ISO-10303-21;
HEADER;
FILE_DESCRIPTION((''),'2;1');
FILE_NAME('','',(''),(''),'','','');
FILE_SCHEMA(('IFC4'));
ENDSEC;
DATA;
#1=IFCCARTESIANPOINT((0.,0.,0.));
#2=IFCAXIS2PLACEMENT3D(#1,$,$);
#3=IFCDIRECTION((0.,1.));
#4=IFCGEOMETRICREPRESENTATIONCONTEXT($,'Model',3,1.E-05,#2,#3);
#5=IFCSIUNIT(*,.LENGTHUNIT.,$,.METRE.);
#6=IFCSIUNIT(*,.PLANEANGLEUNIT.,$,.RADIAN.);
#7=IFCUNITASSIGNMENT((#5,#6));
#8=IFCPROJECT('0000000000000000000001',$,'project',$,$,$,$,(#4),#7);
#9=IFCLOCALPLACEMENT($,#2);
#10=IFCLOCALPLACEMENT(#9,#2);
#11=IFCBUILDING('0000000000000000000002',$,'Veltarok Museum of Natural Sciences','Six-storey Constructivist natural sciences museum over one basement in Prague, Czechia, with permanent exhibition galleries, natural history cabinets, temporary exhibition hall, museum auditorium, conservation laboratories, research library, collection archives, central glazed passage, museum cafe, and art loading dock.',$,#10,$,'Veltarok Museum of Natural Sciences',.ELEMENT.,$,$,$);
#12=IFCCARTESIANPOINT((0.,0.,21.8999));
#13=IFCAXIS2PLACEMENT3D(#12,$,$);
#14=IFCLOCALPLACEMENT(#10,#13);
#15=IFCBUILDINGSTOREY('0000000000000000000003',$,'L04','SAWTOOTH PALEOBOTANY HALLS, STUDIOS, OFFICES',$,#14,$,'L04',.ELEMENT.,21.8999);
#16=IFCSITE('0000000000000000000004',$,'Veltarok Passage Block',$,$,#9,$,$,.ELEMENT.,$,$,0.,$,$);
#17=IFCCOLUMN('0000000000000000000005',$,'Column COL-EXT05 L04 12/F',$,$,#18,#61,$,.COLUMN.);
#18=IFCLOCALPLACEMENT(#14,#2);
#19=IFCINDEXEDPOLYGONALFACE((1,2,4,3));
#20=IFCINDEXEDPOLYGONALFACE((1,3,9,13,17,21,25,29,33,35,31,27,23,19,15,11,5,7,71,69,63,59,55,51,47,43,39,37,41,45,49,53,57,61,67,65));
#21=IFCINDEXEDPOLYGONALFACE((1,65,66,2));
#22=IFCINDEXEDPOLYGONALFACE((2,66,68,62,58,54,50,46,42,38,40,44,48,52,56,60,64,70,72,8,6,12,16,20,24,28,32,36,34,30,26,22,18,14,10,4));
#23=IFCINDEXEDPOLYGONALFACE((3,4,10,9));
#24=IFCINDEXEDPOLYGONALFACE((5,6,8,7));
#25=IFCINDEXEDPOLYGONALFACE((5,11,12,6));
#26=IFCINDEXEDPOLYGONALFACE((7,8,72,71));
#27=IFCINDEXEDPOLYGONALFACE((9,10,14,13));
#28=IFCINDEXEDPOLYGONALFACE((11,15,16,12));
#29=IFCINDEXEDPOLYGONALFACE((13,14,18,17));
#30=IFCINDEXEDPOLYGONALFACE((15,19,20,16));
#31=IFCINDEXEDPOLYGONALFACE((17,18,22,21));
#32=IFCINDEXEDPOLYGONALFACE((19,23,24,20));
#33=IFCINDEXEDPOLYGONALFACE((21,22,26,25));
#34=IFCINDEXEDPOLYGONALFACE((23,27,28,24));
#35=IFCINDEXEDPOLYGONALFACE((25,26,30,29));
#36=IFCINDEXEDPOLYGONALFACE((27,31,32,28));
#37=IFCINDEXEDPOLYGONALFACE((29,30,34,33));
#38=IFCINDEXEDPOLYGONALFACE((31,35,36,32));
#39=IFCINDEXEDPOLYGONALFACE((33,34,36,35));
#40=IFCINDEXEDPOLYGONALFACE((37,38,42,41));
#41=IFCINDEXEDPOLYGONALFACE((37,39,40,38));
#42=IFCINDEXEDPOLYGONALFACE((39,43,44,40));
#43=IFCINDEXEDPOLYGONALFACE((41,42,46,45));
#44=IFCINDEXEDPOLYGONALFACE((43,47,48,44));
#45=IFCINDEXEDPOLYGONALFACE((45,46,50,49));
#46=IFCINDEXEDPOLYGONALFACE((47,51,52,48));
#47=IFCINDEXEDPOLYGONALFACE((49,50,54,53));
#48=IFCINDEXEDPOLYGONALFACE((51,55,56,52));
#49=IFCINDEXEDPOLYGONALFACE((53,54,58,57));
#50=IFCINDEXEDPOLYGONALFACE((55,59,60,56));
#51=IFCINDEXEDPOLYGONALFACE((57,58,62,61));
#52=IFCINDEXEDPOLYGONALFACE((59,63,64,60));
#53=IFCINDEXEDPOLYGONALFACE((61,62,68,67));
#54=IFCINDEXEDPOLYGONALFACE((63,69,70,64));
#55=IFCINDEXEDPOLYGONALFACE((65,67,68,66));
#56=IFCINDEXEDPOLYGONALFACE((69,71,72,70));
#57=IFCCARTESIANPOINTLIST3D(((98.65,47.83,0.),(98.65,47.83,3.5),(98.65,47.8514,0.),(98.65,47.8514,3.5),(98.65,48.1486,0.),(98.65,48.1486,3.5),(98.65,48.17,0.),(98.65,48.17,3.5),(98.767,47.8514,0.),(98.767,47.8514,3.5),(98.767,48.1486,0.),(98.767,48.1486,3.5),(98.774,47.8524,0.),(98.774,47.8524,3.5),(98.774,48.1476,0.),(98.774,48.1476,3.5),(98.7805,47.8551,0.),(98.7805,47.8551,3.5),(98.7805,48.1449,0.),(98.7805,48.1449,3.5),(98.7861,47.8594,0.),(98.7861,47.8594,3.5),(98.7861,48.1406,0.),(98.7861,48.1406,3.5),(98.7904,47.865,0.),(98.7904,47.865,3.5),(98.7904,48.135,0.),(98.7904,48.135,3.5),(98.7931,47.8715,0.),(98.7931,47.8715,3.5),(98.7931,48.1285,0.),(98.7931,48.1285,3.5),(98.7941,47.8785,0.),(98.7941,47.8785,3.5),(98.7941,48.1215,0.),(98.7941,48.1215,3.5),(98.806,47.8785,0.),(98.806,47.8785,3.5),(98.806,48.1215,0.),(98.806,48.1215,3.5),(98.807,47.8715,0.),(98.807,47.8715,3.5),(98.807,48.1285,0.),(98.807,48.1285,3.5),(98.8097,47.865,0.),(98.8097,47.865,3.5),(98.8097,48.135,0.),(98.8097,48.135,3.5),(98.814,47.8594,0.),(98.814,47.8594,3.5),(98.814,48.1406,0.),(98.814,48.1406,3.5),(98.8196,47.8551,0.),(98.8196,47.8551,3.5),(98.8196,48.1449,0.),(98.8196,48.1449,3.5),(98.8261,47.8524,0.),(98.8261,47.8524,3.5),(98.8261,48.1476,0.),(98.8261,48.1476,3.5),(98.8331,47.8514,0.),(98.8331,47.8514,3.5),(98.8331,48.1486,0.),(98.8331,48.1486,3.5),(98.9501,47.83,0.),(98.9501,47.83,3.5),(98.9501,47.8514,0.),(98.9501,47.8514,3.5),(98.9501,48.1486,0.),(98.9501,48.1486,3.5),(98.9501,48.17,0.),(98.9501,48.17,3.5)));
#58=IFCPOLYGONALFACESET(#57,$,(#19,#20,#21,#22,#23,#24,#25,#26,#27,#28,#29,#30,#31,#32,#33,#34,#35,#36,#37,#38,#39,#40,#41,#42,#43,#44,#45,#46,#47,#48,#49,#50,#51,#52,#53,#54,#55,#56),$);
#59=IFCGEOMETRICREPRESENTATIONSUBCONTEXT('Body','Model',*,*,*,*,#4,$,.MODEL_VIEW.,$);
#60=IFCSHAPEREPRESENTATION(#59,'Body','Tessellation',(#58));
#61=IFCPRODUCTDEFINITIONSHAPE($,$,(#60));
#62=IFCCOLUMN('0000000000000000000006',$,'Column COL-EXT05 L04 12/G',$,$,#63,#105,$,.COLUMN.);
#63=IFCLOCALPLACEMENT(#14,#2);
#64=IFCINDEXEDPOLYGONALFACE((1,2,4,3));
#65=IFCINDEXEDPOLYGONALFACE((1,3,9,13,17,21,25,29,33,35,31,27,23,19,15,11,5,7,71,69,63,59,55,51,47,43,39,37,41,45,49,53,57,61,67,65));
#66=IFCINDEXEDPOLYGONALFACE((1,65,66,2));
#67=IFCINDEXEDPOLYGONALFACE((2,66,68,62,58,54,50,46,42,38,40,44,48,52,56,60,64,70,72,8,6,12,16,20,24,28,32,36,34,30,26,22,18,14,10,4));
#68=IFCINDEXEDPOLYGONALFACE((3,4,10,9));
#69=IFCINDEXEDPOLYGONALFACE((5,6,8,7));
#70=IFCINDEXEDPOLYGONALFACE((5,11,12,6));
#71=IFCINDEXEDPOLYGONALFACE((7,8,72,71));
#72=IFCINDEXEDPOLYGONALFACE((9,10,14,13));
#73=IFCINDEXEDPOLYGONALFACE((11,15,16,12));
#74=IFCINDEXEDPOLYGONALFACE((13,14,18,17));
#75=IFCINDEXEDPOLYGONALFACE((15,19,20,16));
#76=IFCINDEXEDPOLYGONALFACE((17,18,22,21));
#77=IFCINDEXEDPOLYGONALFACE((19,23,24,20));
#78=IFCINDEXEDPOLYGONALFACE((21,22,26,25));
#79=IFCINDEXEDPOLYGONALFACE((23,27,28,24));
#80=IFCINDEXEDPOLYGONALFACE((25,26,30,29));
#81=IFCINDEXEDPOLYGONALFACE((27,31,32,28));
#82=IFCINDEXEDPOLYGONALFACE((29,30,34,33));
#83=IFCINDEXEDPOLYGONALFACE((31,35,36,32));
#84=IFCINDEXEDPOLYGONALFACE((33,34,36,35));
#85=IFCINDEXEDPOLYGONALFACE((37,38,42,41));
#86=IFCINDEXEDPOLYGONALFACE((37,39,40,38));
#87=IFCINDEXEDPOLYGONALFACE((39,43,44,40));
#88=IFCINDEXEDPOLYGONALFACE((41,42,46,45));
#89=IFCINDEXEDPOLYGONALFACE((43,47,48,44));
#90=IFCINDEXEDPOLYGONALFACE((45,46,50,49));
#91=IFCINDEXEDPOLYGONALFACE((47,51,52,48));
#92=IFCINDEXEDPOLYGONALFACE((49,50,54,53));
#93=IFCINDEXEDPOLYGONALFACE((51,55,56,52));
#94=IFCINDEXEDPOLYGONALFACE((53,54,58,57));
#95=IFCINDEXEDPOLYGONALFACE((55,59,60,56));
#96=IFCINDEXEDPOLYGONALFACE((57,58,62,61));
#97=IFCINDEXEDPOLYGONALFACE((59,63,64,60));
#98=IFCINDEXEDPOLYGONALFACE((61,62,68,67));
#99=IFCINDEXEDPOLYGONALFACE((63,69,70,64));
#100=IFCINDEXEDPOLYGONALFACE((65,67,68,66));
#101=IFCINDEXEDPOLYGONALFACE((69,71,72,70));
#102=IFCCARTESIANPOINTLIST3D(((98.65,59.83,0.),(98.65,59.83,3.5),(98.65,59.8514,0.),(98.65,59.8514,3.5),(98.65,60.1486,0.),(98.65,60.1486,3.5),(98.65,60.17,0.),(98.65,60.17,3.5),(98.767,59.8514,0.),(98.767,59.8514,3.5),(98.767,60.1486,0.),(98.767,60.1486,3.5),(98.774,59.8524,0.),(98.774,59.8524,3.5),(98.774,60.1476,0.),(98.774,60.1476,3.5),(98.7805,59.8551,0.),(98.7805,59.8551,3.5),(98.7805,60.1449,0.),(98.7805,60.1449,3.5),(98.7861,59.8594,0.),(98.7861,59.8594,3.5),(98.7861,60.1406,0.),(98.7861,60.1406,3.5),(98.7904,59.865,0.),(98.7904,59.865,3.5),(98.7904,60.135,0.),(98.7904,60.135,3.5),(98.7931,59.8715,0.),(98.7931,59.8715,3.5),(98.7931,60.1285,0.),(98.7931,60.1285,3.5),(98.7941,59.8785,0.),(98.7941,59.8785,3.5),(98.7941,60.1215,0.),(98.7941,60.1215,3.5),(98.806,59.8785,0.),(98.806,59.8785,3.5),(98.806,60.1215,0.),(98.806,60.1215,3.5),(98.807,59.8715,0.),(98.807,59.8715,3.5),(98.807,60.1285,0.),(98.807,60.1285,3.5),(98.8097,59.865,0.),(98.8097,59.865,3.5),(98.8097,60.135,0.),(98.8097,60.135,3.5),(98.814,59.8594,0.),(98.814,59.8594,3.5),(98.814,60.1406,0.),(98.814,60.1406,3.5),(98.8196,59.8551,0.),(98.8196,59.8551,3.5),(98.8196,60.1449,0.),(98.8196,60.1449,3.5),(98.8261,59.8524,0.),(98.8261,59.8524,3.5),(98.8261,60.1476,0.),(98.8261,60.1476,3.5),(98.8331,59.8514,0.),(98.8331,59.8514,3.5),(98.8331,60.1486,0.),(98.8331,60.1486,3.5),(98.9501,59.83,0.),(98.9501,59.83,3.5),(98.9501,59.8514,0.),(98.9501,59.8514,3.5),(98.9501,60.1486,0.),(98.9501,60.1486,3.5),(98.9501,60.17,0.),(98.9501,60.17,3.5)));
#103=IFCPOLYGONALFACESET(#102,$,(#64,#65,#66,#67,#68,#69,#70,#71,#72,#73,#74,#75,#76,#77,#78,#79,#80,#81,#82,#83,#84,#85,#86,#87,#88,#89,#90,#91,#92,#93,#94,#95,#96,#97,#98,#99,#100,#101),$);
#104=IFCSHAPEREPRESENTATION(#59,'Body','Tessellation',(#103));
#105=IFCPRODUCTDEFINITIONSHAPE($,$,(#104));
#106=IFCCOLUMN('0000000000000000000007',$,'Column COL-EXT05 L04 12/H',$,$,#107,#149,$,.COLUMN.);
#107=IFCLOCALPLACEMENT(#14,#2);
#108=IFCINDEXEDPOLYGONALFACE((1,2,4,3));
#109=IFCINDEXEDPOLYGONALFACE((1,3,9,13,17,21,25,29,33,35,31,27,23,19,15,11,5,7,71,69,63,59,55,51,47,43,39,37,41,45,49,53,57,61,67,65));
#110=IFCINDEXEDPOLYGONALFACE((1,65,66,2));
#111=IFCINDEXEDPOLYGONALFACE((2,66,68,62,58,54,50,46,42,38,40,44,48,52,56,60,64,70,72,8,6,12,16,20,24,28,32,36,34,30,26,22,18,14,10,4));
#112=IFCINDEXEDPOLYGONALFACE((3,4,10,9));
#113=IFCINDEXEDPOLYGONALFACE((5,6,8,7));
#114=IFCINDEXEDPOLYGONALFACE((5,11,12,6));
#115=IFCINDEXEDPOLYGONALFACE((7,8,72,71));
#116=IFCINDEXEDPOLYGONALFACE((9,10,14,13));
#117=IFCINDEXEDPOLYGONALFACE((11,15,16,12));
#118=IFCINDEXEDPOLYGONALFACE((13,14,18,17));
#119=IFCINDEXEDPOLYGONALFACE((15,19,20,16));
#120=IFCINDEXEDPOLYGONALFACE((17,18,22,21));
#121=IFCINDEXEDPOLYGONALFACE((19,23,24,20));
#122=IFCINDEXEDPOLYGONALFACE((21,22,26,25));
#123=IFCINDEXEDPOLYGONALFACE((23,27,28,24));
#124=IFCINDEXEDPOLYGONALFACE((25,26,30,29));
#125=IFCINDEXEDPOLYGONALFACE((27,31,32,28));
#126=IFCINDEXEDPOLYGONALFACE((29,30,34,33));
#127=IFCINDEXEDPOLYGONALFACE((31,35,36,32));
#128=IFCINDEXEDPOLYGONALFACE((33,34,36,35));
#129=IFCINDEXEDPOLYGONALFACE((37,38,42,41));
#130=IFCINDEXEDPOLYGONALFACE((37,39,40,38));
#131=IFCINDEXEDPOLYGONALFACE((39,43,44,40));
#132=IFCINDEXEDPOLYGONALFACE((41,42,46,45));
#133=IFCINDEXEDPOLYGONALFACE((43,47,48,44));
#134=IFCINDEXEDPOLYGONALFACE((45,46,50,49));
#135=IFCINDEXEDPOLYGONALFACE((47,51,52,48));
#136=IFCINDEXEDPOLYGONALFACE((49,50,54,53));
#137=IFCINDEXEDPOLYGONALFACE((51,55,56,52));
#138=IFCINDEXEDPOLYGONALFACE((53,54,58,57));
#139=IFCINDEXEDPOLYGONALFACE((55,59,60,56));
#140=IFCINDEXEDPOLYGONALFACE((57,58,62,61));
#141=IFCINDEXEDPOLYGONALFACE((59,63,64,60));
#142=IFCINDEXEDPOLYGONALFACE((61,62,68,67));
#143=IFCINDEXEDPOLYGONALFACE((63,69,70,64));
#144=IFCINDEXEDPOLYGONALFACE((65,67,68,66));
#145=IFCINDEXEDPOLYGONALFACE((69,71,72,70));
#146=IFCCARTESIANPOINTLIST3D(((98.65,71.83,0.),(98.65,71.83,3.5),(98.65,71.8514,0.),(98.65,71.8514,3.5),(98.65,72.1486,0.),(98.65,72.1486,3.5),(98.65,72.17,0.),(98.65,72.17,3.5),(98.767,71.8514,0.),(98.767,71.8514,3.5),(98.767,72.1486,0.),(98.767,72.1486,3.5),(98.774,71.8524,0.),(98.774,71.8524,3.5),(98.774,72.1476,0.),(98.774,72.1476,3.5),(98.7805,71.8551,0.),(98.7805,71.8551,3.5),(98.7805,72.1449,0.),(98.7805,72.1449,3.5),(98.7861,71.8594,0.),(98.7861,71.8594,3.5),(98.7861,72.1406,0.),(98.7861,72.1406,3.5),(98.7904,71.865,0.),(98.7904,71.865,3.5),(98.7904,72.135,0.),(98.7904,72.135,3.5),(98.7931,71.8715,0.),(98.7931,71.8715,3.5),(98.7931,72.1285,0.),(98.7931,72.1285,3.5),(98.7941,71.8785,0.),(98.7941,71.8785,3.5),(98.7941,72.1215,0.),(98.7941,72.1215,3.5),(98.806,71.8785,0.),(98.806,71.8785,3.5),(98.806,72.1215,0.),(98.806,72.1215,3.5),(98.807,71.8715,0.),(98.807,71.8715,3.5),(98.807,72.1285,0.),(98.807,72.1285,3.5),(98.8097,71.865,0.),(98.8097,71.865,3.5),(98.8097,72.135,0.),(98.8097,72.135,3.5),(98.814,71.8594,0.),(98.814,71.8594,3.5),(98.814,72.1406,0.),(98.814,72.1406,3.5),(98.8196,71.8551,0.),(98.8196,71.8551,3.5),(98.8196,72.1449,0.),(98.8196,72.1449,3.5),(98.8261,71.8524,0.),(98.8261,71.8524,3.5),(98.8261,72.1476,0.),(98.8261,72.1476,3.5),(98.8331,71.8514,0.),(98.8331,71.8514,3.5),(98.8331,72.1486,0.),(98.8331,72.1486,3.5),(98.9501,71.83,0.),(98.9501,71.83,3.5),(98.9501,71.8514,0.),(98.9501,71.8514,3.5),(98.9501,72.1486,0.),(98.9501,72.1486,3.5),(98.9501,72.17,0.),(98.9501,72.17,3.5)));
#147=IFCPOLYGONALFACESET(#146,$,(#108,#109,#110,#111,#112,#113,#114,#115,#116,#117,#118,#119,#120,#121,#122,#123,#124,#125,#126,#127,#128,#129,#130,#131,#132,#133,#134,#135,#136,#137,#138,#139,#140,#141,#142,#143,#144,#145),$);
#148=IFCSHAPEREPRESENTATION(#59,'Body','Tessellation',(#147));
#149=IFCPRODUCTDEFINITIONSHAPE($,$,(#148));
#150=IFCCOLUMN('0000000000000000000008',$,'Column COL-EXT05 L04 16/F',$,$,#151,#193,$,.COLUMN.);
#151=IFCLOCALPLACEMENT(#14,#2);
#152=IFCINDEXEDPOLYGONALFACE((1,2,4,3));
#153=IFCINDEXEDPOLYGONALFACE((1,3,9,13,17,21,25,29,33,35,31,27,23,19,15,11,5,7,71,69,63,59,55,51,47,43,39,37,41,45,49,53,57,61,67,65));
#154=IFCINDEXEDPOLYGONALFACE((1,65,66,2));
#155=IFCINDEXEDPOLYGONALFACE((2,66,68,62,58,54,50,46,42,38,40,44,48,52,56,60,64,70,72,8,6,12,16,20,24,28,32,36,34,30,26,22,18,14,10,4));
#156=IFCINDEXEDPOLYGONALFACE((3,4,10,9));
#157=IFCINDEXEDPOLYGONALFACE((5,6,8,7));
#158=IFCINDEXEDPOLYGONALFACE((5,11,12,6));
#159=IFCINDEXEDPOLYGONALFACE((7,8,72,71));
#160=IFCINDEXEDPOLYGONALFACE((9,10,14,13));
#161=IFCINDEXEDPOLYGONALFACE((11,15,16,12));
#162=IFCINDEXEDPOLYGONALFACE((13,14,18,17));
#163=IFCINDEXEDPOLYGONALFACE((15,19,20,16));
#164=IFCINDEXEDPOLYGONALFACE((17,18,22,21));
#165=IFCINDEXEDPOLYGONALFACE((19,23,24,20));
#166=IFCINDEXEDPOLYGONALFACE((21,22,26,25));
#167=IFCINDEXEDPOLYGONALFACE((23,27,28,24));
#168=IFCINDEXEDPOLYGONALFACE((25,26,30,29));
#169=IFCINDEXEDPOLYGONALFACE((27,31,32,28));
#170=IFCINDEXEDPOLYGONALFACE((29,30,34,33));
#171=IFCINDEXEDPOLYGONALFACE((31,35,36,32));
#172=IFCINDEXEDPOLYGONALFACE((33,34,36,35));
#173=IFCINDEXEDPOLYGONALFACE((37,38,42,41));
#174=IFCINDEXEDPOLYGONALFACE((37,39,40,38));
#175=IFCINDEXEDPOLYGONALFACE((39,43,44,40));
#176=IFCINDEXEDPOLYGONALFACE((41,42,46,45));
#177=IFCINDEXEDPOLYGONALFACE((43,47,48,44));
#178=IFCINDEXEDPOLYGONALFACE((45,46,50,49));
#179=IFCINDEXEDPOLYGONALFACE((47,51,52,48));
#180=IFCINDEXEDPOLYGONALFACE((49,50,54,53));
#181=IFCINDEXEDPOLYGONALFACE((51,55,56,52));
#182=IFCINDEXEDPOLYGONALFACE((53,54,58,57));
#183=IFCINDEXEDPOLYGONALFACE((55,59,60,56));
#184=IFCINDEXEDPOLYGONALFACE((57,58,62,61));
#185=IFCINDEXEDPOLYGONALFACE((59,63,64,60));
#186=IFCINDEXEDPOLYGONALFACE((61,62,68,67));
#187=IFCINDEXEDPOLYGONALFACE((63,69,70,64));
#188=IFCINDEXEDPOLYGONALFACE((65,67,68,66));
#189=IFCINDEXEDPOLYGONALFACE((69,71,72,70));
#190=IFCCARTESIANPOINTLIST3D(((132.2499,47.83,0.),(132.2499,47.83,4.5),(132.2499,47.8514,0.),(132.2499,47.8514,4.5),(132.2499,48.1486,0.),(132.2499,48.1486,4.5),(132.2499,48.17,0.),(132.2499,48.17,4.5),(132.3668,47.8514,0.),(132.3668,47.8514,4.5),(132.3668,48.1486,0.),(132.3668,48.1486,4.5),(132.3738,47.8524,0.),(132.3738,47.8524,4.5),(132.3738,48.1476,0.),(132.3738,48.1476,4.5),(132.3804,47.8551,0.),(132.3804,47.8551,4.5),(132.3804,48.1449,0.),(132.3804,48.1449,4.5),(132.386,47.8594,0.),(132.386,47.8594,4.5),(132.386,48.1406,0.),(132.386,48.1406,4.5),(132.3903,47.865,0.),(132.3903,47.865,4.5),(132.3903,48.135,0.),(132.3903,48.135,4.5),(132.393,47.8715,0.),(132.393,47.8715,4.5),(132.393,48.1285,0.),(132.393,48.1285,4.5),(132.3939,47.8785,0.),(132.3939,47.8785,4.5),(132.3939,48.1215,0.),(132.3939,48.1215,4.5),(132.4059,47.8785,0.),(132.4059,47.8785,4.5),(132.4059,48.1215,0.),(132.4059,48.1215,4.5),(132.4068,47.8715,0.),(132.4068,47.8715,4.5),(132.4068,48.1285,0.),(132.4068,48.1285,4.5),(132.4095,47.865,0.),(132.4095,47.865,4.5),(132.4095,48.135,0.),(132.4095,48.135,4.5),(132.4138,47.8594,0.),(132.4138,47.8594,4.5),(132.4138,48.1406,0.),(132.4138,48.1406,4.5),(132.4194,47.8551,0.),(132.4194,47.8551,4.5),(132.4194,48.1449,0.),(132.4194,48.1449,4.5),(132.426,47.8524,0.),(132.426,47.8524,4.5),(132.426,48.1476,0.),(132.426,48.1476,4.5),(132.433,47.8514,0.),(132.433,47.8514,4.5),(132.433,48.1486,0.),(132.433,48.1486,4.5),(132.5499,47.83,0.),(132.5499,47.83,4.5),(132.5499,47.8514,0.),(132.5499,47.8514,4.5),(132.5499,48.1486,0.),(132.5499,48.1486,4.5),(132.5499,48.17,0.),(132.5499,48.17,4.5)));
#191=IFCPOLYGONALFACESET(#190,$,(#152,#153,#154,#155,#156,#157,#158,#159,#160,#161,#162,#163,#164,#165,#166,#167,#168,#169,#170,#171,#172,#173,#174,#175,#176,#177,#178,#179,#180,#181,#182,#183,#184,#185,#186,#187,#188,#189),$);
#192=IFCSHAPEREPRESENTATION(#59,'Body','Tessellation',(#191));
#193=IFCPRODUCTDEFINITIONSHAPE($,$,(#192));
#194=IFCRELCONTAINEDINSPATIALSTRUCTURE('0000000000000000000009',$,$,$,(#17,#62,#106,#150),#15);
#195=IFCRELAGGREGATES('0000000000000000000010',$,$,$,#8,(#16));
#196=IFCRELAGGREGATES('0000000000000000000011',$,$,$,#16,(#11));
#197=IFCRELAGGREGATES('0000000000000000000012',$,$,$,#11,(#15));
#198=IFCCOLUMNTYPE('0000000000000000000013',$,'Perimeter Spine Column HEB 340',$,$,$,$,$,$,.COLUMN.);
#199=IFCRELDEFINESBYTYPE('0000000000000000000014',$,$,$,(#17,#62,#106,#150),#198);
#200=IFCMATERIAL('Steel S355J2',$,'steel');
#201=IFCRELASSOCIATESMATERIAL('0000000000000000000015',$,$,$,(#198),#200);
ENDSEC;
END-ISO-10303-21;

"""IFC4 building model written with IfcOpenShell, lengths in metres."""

from ifc_helpers import new_model, si_unit, direction, frame, origin, origin_2d, place, context, subcontext, project, spatial, i_section, extrude, material, material_profile, profile_set, type_object, element, save


model = new_model("IFC4")

# Units and contexts
model_context = context("Model", 3, precision=1e-05, world=origin(), true_north=direction((0.0, 1.0)))
body_context = subcontext(model_context, "Body", "Model", "MODEL_VIEW")
ifc_project = project(units=[si_unit("LENGTHUNIT", "METRE"), si_unit("PLANEANGLEUNIT", "RADIAN")], contexts=[model_context])

# Site, building, storey
site_placement = place(None, origin())
site = spatial("IfcSite", under=ifc_project, at=site_placement, Name="Veltarok Passage Block", CompositionType="ELEMENT", RefElevation=0.0)
building_placement = place(site_placement, origin())
building = spatial("IfcBuilding", under=site, at=building_placement, Name="Veltarok Museum of Natural Sciences", Description="Six-storey Constructivist natural sciences museum over one basement in Prague, Czechia, with permanent exhibition galleries, natural history cabinets, temporary exhibition hall, museum auditorium, conservation laboratories, research library, collection archives, central glazed passage, museum cafe, and art loading dock.", LongName="Veltarok Museum of Natural Sciences", CompositionType="ELEMENT")
storey_placement = place(building_placement, frame((0.0, 0.0, 21.8999)))
storey = spatial("IfcBuildingStorey", under=building, at=storey_placement, Name="L04", Description="SAWTOOTH PALEOBOTANY HALLS, STUDIOS, OFFICES", LongName="L04", CompositionType="ELEMENT", Elevation=21.8999)

# Columns
ifc_material_1 = material(Name="Steel S355J2", Category="steel")
ifc_material_profile_1 = material_profile(ifc_material_1, i_section(OverallWidth=0.3, OverallDepth=0.3401, WebThickness=0.012, FlangeThickness=0.0215, FilletRadius=0.0271, at=origin_2d()), Name="HEB 340")
ifc_profile_set_1 = profile_set([ifc_material_profile_1], Name="Steel S355J2")
column_type = type_object("IfcColumnType", Name="Perimeter Spine Column HEB 340", PredefinedType="COLUMN", material=ifc_profile_set_1)
for number, where, z_axis, x_axis, name in (
    (1, (98.8, 48.0, 0.0), (0.0, 0.0, 1.0), (1.0, 0.0, 0.0), "Column COL-EXT05 L04 12/F"),
    (2, (98.8, 60.0, 0.0), (0.0, 0.0, 1.0), (1.0, 0.0, 0.0), "Column COL-EXT05 L04 12/G"),
    (3, (98.8, 72.0, 0.0), (0.0, 0.0, 1.0), (1.0, 0.0, 0.0), "Column COL-EXT05 L04 12/H"),
):
    element("IfcColumn", number, at=place(storey_placement, frame(where, z_axis=z_axis, x_axis=x_axis)), inside=storey, type_object=column_type, Name=name, PredefinedType="COLUMN", context=body_context, shape_type="SweptSolid", body=[
        extrude(i_section(OverallWidth=0.3, OverallDepth=0.3401, WebThickness=0.012, FlangeThickness=0.0215, FilletRadius=0.0271, at=origin_2d()), origin(), (0.0, 0.0, 1.0), 3.5),
    ])
column_placement = place(storey_placement, frame((132.3999, 48.0, 0.0), z_axis=(0.0, 0.0, 1.0), x_axis=(1.0, 0.0, 0.0)))
element("IfcColumn", 4, at=column_placement, inside=storey, type_object=column_type, Name="Column COL-EXT05 L04 16/F", PredefinedType="COLUMN", context=body_context, shape_type="SweptSolid", body=[
    extrude(i_section(OverallWidth=0.3, OverallDepth=0.3401, WebThickness=0.012, FlangeThickness=0.0215, FilletRadius=0.0271, at=origin_2d()), origin(), (0.0, 0.0, 1.0), 4.5),
])

save(model, "model.ifc")
